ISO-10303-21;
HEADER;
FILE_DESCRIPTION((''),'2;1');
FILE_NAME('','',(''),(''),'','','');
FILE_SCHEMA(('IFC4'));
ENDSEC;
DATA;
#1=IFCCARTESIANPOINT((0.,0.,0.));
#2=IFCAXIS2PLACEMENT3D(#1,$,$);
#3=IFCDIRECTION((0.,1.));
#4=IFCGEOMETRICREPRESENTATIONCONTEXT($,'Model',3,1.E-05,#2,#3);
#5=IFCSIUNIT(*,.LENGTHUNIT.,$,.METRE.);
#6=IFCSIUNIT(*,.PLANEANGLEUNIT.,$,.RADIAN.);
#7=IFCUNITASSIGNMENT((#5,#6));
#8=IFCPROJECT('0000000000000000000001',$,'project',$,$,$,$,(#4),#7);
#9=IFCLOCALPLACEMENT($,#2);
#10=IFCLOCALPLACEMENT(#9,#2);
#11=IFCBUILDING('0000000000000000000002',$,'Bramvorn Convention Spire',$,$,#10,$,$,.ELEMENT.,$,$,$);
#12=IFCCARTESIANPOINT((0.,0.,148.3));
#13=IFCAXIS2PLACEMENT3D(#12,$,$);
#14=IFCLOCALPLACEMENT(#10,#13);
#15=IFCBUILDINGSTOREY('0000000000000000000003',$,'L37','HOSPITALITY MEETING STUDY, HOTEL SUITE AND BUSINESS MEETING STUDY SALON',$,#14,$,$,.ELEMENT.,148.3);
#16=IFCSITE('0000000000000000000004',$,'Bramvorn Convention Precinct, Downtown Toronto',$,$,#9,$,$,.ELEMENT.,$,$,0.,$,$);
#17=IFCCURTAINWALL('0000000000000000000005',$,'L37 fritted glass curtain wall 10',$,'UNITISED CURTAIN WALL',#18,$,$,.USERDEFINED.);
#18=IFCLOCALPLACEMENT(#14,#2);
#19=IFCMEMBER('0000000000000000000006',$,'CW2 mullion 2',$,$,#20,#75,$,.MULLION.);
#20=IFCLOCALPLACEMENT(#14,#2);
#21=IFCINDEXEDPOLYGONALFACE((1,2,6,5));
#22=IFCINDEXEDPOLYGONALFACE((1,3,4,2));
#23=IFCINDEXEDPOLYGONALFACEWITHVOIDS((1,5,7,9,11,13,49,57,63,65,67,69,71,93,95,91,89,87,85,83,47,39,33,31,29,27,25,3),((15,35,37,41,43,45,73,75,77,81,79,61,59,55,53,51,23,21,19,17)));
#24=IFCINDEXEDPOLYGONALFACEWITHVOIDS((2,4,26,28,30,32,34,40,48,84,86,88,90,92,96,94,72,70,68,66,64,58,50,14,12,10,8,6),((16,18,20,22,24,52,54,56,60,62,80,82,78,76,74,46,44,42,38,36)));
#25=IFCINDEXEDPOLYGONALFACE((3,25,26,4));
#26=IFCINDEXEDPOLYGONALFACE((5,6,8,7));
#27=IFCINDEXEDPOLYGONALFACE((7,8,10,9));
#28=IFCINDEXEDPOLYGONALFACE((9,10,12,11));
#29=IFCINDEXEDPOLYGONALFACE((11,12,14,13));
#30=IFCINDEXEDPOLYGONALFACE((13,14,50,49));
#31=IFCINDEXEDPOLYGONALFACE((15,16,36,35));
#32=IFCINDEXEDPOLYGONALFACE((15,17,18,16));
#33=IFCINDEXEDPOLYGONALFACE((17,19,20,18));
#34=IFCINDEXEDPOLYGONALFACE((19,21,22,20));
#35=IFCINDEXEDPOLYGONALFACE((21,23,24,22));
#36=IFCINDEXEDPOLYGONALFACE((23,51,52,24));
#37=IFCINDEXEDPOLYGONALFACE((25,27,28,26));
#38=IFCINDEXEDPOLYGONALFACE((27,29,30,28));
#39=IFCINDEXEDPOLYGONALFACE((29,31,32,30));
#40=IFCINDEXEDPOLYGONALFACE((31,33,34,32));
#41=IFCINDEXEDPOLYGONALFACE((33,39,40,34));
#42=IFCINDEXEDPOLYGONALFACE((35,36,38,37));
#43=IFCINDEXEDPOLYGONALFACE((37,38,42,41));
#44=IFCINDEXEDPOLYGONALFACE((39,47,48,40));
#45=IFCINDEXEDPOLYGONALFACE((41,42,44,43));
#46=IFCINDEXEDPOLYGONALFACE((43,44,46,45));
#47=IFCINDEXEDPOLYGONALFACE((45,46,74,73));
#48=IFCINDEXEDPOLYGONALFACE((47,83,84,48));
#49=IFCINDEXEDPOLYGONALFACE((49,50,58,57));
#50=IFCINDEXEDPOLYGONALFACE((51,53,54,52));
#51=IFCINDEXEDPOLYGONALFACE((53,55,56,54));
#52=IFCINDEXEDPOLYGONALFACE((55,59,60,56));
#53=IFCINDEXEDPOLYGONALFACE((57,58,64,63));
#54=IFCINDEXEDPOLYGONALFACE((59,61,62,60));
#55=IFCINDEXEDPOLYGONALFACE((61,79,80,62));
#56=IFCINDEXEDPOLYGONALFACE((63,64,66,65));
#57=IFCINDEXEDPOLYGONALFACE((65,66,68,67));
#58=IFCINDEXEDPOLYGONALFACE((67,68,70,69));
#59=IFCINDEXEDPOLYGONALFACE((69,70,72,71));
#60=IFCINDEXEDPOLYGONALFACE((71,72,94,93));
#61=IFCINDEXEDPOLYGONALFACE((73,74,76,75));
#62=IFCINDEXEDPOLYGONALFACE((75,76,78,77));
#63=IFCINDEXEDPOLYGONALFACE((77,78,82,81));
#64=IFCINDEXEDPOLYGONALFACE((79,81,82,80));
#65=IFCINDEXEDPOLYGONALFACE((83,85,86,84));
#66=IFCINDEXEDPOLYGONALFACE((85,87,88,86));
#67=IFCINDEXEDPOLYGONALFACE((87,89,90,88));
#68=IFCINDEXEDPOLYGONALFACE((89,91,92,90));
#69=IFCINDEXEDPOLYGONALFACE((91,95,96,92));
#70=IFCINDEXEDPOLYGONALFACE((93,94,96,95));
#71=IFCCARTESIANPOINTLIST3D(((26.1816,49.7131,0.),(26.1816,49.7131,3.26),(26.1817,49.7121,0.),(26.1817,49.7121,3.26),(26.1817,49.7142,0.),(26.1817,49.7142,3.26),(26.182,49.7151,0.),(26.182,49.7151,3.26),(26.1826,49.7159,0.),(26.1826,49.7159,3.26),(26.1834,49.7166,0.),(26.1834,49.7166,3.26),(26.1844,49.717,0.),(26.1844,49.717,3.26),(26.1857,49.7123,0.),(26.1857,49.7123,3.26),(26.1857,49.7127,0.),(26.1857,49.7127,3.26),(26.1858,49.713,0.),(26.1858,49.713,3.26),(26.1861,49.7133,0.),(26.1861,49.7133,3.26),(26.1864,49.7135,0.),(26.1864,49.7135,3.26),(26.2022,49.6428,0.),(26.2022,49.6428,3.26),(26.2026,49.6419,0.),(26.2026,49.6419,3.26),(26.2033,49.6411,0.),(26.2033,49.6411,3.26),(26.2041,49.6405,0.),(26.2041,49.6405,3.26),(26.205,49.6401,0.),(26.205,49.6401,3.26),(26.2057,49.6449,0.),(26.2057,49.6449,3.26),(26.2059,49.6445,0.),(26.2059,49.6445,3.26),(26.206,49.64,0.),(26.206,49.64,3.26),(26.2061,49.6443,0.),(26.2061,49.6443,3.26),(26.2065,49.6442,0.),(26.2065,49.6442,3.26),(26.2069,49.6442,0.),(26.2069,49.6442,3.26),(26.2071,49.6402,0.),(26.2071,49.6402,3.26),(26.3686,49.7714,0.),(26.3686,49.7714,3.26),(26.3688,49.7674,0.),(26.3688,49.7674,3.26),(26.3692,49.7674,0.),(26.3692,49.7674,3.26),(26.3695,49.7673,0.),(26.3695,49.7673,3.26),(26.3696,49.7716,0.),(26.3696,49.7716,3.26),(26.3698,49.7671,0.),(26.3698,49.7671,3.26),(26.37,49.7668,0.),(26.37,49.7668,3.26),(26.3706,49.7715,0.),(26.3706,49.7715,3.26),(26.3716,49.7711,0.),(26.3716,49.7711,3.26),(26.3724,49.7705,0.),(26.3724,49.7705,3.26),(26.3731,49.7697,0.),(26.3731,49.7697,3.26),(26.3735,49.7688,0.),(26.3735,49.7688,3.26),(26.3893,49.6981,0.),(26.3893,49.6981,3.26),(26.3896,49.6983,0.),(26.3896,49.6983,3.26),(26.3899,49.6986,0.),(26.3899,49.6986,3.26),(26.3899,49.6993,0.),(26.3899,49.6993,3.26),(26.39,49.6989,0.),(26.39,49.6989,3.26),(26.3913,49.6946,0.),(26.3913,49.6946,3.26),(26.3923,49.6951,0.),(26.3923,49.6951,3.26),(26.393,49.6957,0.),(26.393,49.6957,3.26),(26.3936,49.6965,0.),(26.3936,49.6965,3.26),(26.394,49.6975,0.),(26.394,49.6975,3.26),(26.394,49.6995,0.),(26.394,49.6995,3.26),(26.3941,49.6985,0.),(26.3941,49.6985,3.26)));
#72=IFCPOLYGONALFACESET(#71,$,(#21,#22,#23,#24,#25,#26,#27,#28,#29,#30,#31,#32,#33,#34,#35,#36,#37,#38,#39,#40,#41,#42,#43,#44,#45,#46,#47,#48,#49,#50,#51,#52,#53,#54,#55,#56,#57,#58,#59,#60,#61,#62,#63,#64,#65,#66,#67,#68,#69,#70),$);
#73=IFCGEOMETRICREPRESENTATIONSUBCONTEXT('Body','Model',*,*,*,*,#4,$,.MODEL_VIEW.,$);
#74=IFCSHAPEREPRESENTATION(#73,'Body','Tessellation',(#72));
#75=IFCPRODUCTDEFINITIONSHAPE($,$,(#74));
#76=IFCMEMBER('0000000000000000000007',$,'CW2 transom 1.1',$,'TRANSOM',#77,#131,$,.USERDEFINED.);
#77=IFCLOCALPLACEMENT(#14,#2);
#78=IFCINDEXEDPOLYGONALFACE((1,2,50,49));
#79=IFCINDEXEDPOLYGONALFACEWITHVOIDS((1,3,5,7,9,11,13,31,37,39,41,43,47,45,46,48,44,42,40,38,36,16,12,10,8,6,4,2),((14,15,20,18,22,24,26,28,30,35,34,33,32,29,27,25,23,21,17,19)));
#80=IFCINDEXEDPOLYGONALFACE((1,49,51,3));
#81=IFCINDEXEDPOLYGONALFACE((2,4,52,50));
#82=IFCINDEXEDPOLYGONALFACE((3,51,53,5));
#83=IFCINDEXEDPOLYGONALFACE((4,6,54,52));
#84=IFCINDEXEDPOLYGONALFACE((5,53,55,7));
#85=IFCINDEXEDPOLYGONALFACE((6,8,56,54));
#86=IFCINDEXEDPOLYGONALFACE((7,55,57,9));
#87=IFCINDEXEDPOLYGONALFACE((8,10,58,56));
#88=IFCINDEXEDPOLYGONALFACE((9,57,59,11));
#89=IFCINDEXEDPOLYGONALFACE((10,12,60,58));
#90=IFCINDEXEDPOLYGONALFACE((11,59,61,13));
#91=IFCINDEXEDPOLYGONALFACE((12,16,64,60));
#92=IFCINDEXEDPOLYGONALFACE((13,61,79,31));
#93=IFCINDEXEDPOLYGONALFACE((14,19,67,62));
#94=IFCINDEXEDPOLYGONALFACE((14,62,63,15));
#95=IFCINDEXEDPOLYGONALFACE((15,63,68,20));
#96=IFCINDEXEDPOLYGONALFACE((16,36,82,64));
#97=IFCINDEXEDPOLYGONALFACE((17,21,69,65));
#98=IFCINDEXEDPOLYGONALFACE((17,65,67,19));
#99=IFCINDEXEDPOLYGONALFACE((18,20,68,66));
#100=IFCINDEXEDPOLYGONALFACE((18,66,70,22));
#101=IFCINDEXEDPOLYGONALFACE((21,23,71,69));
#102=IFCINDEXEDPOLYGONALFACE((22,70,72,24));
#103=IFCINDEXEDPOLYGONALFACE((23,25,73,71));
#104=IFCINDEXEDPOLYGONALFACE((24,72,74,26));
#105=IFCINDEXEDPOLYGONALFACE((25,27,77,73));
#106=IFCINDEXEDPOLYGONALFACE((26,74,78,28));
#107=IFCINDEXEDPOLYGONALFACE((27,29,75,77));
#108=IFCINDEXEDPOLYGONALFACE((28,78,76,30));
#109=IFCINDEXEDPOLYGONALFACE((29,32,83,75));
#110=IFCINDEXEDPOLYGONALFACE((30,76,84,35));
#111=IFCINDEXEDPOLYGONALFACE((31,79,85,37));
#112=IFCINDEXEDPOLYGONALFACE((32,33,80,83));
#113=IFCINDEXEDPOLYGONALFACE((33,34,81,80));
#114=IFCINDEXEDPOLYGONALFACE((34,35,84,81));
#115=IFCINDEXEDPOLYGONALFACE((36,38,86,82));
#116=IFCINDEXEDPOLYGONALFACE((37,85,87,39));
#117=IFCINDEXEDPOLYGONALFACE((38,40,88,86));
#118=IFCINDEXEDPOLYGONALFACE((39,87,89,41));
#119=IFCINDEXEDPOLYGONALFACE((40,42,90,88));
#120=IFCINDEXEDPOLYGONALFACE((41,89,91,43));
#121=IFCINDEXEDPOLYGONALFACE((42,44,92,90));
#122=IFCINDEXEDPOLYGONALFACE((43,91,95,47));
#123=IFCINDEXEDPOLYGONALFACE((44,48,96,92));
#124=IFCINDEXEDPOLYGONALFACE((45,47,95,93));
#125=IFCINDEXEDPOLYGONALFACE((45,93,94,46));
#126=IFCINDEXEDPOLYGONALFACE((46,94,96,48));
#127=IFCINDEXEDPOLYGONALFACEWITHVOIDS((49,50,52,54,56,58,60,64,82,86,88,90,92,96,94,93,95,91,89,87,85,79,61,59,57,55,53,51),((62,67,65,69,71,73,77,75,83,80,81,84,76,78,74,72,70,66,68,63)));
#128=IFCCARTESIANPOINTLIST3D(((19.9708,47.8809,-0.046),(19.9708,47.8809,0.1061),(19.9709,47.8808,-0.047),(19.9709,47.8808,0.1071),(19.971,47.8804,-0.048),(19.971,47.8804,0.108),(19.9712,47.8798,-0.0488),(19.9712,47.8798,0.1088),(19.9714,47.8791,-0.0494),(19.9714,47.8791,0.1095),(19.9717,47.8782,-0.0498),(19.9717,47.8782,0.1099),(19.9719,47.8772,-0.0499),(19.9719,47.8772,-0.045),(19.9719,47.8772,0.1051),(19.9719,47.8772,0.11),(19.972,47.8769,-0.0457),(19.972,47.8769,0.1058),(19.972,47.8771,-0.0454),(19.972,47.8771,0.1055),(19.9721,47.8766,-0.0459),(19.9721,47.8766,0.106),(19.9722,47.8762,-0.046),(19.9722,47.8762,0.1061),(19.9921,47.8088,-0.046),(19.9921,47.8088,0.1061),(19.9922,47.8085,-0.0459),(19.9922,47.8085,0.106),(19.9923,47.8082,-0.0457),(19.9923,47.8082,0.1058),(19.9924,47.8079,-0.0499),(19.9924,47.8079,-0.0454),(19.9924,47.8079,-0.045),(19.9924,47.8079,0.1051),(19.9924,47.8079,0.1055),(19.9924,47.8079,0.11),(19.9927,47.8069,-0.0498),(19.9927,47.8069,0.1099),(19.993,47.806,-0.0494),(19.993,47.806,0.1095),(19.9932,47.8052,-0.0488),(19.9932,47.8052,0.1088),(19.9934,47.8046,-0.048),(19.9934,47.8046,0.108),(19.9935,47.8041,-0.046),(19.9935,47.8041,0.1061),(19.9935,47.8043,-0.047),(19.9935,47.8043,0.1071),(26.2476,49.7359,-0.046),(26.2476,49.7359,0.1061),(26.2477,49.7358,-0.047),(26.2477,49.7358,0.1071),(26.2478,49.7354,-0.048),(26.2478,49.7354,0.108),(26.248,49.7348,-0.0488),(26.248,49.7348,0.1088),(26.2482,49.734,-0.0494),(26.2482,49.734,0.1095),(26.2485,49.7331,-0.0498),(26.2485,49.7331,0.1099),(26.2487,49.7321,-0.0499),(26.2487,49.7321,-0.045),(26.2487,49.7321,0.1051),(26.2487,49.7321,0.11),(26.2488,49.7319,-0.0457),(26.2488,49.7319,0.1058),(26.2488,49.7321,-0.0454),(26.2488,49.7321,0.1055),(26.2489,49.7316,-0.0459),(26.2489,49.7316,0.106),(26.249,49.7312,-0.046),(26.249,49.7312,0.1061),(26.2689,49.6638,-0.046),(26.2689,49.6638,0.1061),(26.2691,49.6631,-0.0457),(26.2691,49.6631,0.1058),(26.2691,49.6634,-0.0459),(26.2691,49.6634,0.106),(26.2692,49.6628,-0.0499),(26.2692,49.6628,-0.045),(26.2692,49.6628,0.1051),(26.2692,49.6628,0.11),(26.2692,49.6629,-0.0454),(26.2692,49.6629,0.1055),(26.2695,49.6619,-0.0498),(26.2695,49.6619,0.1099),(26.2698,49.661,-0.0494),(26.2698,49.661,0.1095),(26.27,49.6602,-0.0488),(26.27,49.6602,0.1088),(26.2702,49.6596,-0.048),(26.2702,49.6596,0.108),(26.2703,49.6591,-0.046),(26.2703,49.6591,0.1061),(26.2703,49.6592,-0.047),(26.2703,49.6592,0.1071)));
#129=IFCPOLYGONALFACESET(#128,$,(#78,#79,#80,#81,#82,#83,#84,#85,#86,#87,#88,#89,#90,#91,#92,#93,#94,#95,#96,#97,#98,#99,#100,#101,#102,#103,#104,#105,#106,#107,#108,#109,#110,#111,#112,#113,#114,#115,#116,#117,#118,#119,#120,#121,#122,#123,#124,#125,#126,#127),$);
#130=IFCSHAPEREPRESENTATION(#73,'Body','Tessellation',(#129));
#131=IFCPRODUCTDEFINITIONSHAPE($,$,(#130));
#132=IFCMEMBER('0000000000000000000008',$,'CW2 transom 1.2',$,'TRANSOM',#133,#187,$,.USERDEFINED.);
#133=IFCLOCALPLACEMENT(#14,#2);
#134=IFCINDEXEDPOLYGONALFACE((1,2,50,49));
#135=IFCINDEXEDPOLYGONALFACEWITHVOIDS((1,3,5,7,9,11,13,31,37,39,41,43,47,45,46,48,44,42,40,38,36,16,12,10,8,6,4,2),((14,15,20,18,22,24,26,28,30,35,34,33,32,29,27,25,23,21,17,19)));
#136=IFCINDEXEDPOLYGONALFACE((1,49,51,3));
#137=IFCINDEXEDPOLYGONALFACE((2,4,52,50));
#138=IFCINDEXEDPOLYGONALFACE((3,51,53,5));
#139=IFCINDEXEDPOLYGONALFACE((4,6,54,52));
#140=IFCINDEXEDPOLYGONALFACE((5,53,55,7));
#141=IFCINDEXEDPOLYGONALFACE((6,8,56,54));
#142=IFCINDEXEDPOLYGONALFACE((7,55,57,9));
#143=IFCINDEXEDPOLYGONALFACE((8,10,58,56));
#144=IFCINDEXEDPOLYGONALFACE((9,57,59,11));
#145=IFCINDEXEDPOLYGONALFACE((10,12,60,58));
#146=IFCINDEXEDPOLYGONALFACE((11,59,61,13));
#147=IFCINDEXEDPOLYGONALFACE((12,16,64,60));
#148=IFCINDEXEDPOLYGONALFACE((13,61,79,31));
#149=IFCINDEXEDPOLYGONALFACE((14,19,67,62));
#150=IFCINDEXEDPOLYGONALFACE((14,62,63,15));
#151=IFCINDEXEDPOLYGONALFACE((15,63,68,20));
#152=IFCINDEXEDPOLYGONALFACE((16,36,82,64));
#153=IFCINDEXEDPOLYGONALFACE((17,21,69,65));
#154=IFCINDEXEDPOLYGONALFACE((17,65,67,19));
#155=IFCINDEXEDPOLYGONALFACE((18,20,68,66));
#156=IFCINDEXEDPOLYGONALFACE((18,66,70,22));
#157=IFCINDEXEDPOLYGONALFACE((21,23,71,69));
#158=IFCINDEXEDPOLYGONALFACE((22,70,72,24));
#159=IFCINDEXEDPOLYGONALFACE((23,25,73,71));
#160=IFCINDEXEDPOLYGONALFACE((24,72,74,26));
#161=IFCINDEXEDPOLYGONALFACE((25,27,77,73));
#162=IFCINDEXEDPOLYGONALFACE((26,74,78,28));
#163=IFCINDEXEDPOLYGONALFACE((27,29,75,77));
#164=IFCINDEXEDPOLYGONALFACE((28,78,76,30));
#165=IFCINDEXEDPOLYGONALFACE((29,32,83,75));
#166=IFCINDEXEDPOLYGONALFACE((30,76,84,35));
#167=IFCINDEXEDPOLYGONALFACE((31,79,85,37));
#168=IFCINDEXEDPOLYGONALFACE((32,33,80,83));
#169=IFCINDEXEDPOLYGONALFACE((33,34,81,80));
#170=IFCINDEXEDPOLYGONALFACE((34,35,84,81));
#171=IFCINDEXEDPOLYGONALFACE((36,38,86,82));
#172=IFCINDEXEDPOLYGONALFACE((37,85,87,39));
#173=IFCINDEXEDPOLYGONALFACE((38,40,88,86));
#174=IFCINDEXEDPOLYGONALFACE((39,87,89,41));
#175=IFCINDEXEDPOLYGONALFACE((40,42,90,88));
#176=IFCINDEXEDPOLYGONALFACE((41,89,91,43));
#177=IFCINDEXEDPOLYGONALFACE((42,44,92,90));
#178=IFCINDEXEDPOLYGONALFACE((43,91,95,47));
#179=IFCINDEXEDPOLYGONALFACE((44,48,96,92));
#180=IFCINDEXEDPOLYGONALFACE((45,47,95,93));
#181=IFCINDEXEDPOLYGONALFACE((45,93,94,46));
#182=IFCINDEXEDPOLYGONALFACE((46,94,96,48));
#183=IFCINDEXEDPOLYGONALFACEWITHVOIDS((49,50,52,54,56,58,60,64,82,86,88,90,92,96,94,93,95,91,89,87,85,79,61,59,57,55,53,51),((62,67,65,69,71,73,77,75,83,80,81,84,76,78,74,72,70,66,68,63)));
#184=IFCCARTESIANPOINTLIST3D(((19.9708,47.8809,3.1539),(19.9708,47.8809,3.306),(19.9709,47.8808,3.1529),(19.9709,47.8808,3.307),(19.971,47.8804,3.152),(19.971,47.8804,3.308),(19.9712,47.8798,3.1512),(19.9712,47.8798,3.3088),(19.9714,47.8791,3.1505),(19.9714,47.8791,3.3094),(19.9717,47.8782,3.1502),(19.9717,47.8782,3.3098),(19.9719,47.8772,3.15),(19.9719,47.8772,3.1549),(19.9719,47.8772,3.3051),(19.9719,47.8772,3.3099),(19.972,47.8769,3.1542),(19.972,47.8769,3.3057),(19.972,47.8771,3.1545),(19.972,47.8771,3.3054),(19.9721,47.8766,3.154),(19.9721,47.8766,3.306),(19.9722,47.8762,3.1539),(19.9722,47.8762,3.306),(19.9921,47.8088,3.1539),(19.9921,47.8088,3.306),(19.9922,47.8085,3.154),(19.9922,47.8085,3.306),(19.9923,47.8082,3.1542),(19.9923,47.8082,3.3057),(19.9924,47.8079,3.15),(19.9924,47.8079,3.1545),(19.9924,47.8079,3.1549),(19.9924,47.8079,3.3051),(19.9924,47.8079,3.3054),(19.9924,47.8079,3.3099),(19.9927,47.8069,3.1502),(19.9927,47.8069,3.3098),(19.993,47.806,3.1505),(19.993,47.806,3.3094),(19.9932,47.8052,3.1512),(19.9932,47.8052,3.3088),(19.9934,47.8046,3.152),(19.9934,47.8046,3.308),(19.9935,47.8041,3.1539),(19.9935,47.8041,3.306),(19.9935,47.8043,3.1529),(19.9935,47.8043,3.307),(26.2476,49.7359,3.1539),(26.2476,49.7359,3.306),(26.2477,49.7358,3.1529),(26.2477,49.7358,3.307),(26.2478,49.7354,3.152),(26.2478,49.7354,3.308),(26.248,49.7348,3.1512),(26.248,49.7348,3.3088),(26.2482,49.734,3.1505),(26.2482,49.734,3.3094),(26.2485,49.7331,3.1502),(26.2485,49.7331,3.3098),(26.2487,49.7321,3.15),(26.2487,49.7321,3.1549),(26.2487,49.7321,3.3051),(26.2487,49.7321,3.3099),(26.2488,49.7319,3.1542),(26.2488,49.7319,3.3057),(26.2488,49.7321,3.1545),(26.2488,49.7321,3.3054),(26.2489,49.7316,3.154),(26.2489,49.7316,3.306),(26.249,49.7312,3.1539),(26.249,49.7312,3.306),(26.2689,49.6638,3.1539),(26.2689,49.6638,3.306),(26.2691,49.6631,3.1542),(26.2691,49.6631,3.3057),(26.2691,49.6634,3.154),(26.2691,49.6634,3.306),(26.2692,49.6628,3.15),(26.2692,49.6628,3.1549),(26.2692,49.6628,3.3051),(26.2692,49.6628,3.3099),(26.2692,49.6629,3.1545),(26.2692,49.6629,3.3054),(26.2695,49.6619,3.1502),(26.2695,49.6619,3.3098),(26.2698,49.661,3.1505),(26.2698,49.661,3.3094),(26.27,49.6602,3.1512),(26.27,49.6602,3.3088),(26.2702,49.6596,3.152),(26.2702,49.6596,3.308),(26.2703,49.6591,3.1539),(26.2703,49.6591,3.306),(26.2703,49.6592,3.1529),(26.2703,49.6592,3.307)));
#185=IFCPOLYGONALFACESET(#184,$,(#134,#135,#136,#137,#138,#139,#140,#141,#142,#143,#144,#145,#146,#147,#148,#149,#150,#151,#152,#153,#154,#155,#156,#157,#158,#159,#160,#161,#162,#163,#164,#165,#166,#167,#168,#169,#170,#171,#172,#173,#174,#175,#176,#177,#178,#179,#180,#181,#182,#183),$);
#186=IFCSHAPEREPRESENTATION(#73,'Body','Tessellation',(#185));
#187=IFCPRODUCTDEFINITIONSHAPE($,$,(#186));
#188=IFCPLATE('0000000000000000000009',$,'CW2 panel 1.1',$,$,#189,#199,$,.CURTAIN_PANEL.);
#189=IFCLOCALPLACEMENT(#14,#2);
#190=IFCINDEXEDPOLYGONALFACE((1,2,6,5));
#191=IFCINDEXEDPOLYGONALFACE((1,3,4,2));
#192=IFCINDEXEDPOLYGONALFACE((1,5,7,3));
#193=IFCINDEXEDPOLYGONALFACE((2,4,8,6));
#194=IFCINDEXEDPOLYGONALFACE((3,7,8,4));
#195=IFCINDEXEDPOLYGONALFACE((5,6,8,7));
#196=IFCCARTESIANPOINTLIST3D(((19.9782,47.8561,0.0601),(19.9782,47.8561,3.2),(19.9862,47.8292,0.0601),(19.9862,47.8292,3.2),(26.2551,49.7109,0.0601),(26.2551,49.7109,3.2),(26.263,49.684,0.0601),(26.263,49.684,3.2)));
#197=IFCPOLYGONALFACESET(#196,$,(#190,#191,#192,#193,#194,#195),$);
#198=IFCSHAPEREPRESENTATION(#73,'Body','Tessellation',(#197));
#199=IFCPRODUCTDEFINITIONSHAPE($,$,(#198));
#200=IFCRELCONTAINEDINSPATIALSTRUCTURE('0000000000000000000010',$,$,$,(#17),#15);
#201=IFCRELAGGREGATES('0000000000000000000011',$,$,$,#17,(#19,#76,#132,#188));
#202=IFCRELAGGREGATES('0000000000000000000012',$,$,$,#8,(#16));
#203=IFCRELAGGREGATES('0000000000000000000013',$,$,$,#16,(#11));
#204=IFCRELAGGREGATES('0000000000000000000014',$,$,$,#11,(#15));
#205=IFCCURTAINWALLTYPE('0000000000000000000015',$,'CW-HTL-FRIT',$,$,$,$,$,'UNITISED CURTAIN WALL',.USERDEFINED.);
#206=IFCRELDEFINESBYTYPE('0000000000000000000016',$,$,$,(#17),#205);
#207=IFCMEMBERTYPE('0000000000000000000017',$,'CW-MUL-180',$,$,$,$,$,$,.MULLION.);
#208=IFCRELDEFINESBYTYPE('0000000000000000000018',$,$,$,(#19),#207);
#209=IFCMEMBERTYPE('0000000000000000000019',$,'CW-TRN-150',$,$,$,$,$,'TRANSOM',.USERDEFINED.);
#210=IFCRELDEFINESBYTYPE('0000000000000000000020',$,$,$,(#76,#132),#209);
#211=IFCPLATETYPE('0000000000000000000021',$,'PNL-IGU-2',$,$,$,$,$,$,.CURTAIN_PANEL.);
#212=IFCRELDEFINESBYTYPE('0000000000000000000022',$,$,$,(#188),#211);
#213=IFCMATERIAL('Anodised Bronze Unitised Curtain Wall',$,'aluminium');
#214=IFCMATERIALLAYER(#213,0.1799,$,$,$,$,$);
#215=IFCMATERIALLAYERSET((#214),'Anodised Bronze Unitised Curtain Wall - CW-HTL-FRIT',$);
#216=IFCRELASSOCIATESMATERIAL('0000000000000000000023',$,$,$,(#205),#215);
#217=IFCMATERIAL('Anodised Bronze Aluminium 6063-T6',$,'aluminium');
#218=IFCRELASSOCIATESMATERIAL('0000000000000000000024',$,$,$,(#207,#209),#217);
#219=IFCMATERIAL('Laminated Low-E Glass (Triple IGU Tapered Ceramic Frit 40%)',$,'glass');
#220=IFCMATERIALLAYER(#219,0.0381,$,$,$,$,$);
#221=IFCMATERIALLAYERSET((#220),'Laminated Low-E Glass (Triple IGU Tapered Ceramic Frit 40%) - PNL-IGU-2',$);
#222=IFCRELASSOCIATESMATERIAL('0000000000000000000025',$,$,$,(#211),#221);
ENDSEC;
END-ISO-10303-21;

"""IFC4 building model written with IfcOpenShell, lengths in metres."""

from ifc_helpers import new_model, si_unit, direction, frame, origin, origin_2d, place, context, subcontext, project, spatial, rectangle, hollow_rectangle, extrude, material, layer, layer_set, material_profile, profile_set, type_object, element, aggregate, save


model = new_model("IFC4")

# Units and contexts
model_context = context("Model", 3, precision=1e-05, world=origin(), true_north=direction((0.0, 1.0)))
body_context = subcontext(model_context, "Body", "Model", "MODEL_VIEW")
ifc_project = project(units=[si_unit("LENGTHUNIT", "METRE"), si_unit("PLANEANGLEUNIT", "RADIAN")], contexts=[model_context])

# Site, building, storey
site_placement = place(None, origin())
site = spatial("IfcSite", under=ifc_project, at=site_placement, Name="Bramvorn Convention Precinct, Downtown Toronto", CompositionType="ELEMENT", RefElevation=0.0)
building_placement = place(site_placement, origin())
building = spatial("IfcBuilding", under=site, at=building_placement, Name="Bramvorn Convention Spire", CompositionType="ELEMENT")
storey_placement = place(building_placement, frame((0.0, 0.0, 148.3)))
storey = spatial("IfcBuildingStorey", under=building, at=storey_placement, Name="L37", Description="HOSPITALITY MEETING STUDY, HOTEL SUITE AND BUSINESS MEETING STUDY SALON", CompositionType="ELEMENT", Elevation=148.3)

# Curtain wall, members, plate
ifc_material_1 = material(Name="Anodised Bronze Unitised Curtain Wall", Category="aluminium")
ifc_layer_1 = layer(ifc_material_1, 0.1799)
ifc_layer_set_1 = layer_set([ifc_layer_1], Name="Anodised Bronze Unitised Curtain Wall - CW-HTL-FRIT")
curtain_wall_type = type_object("IfcCurtainWallType", Name="CW-HTL-FRIT", ElementType="UNITISED CURTAIN WALL", PredefinedType="USERDEFINED", material=ifc_layer_set_1)
curtain_wall_placement = place(storey_placement, origin())
curtain_wall = element("IfcCurtainWall", 1, at=curtain_wall_placement, inside=storey, type_object=curtain_wall_type, Name="L37 fritted glass curtain wall 10", ObjectType="UNITISED CURTAIN WALL", PredefinedType="USERDEFINED")
ifc_material_2 = material(Name="Anodised Bronze Aluminium 6063-T6", Category="aluminium")
ifc_material_profile_1 = material_profile(ifc_material_2, hollow_rectangle(XDim=0.0801, YDim=0.2, WallThickness=0.0039, InnerFilletRadius=0.001, OuterFilletRadius=0.0039, at=origin_2d()))
ifc_profile_set_1 = profile_set([ifc_material_profile_1], Name="Anodised Bronze Aluminium 6063-T6 - CWM80X200")
member_type_1 = type_object("IfcMemberType", Name="CW-MUL-180", PredefinedType="MULLION", material=ifc_profile_set_1)
member_1_placement = place(storey_placement, frame((26.2878, 49.7058, 0.0), z_axis=(0.0, 0.0, 1.0), x_axis=(-0.283385, 0.959006, 0.0)))
member_1 = element("IfcMember", 2, at=member_1_placement, type_object=member_type_1, Name="CW2 mullion 2", PredefinedType="MULLION", context=body_context, shape_type="SweptSolid", body=[
    extrude(hollow_rectangle(XDim=0.0801, YDim=0.2, WallThickness=0.0039, InnerFilletRadius=0.001, OuterFilletRadius=0.0039, at=origin_2d()), origin(), (0.0, 0.0, 1.0), 3.26),
])
ifc_material_profile_2 = material_profile(ifc_material_2, hollow_rectangle(XDim=0.0801, YDim=0.1599, WallThickness=0.0039, InnerFilletRadius=0.001, OuterFilletRadius=0.0039, at=origin_2d()))
ifc_profile_set_2 = profile_set([ifc_material_profile_2], Name="Anodised Bronze Aluminium 6063-T6 - CWT80X160")
member_type_2 = type_object("IfcMemberType", Name="CW-TRN-150", ElementType="TRANSOM", PredefinedType="USERDEFINED", material=ifc_profile_set_2)
member_2_placement = place(storey_placement, frame((19.9822, 47.8425, 0.03), z_axis=(0.958999, 0.28341, 0.0), x_axis=(-0.28341, 0.958999, 0.0)))
member_2 = element("IfcMember", 3, at=member_2_placement, type_object=member_type_2, Name="CW2 transom 1.1", ObjectType="TRANSOM", PredefinedType="USERDEFINED", context=body_context, shape_type="SweptSolid", body=[
    extrude(hollow_rectangle(XDim=0.0801, YDim=0.1599, WallThickness=0.0039, InnerFilletRadius=0.001, OuterFilletRadius=0.0039, at=origin_2d()), origin(), (0.0, 0.0, 1.0), 6.5452),
])
member_3_placement = place(storey_placement, frame((19.9822, 47.8425, 3.23), z_axis=(0.958999, 0.28341, 0.0), x_axis=(-0.28341, 0.958999, 0.0)))
member_3 = element("IfcMember", 4, at=member_3_placement, type_object=member_type_2, Name="CW2 transom 1.2", ObjectType="TRANSOM", PredefinedType="USERDEFINED", context=body_context, shape_type="SweptSolid", body=[
    extrude(hollow_rectangle(XDim=0.0801, YDim=0.1599, WallThickness=0.0039, InnerFilletRadius=0.001, OuterFilletRadius=0.0039, at=origin_2d()), origin(), (0.0, 0.0, 1.0), 6.5452),
])
ifc_material_3 = material(Name="Laminated Low-E Glass (Triple IGU Tapered Ceramic Frit 40%)", Category="glass")
ifc_layer_2 = layer(ifc_material_3, 0.0381)
ifc_layer_set_2 = layer_set([ifc_layer_2], Name="Laminated Low-E Glass (Triple IGU Tapered Ceramic Frit 40%) - PNL-IGU-2")
plate_type = type_object("IfcPlateType", Name="PNL-IGU-2", PredefinedType="CURTAIN_PANEL", material=ifc_layer_set_2)
plate_placement = place(storey_placement, frame((23.1206, 48.77, 0.0601), z_axis=(0.0, 0.0, 1.0), x_axis=(0.959006, 0.283385, 0.0)))
plate = element("IfcPlate", 5, at=plate_placement, type_object=plate_type, Name="CW2 panel 1.1", PredefinedType="CURTAIN_PANEL", context=body_context, shape_type="SweptSolid", body=[
    extrude(rectangle(XDim=6.5452, YDim=0.0281, at=origin_2d()), origin(), (0.0, 0.0, 1.0), 3.1399),
])
aggregate(curtain_wall, [member_1, member_2, member_3, plate])

save(model, "model.ifc")
